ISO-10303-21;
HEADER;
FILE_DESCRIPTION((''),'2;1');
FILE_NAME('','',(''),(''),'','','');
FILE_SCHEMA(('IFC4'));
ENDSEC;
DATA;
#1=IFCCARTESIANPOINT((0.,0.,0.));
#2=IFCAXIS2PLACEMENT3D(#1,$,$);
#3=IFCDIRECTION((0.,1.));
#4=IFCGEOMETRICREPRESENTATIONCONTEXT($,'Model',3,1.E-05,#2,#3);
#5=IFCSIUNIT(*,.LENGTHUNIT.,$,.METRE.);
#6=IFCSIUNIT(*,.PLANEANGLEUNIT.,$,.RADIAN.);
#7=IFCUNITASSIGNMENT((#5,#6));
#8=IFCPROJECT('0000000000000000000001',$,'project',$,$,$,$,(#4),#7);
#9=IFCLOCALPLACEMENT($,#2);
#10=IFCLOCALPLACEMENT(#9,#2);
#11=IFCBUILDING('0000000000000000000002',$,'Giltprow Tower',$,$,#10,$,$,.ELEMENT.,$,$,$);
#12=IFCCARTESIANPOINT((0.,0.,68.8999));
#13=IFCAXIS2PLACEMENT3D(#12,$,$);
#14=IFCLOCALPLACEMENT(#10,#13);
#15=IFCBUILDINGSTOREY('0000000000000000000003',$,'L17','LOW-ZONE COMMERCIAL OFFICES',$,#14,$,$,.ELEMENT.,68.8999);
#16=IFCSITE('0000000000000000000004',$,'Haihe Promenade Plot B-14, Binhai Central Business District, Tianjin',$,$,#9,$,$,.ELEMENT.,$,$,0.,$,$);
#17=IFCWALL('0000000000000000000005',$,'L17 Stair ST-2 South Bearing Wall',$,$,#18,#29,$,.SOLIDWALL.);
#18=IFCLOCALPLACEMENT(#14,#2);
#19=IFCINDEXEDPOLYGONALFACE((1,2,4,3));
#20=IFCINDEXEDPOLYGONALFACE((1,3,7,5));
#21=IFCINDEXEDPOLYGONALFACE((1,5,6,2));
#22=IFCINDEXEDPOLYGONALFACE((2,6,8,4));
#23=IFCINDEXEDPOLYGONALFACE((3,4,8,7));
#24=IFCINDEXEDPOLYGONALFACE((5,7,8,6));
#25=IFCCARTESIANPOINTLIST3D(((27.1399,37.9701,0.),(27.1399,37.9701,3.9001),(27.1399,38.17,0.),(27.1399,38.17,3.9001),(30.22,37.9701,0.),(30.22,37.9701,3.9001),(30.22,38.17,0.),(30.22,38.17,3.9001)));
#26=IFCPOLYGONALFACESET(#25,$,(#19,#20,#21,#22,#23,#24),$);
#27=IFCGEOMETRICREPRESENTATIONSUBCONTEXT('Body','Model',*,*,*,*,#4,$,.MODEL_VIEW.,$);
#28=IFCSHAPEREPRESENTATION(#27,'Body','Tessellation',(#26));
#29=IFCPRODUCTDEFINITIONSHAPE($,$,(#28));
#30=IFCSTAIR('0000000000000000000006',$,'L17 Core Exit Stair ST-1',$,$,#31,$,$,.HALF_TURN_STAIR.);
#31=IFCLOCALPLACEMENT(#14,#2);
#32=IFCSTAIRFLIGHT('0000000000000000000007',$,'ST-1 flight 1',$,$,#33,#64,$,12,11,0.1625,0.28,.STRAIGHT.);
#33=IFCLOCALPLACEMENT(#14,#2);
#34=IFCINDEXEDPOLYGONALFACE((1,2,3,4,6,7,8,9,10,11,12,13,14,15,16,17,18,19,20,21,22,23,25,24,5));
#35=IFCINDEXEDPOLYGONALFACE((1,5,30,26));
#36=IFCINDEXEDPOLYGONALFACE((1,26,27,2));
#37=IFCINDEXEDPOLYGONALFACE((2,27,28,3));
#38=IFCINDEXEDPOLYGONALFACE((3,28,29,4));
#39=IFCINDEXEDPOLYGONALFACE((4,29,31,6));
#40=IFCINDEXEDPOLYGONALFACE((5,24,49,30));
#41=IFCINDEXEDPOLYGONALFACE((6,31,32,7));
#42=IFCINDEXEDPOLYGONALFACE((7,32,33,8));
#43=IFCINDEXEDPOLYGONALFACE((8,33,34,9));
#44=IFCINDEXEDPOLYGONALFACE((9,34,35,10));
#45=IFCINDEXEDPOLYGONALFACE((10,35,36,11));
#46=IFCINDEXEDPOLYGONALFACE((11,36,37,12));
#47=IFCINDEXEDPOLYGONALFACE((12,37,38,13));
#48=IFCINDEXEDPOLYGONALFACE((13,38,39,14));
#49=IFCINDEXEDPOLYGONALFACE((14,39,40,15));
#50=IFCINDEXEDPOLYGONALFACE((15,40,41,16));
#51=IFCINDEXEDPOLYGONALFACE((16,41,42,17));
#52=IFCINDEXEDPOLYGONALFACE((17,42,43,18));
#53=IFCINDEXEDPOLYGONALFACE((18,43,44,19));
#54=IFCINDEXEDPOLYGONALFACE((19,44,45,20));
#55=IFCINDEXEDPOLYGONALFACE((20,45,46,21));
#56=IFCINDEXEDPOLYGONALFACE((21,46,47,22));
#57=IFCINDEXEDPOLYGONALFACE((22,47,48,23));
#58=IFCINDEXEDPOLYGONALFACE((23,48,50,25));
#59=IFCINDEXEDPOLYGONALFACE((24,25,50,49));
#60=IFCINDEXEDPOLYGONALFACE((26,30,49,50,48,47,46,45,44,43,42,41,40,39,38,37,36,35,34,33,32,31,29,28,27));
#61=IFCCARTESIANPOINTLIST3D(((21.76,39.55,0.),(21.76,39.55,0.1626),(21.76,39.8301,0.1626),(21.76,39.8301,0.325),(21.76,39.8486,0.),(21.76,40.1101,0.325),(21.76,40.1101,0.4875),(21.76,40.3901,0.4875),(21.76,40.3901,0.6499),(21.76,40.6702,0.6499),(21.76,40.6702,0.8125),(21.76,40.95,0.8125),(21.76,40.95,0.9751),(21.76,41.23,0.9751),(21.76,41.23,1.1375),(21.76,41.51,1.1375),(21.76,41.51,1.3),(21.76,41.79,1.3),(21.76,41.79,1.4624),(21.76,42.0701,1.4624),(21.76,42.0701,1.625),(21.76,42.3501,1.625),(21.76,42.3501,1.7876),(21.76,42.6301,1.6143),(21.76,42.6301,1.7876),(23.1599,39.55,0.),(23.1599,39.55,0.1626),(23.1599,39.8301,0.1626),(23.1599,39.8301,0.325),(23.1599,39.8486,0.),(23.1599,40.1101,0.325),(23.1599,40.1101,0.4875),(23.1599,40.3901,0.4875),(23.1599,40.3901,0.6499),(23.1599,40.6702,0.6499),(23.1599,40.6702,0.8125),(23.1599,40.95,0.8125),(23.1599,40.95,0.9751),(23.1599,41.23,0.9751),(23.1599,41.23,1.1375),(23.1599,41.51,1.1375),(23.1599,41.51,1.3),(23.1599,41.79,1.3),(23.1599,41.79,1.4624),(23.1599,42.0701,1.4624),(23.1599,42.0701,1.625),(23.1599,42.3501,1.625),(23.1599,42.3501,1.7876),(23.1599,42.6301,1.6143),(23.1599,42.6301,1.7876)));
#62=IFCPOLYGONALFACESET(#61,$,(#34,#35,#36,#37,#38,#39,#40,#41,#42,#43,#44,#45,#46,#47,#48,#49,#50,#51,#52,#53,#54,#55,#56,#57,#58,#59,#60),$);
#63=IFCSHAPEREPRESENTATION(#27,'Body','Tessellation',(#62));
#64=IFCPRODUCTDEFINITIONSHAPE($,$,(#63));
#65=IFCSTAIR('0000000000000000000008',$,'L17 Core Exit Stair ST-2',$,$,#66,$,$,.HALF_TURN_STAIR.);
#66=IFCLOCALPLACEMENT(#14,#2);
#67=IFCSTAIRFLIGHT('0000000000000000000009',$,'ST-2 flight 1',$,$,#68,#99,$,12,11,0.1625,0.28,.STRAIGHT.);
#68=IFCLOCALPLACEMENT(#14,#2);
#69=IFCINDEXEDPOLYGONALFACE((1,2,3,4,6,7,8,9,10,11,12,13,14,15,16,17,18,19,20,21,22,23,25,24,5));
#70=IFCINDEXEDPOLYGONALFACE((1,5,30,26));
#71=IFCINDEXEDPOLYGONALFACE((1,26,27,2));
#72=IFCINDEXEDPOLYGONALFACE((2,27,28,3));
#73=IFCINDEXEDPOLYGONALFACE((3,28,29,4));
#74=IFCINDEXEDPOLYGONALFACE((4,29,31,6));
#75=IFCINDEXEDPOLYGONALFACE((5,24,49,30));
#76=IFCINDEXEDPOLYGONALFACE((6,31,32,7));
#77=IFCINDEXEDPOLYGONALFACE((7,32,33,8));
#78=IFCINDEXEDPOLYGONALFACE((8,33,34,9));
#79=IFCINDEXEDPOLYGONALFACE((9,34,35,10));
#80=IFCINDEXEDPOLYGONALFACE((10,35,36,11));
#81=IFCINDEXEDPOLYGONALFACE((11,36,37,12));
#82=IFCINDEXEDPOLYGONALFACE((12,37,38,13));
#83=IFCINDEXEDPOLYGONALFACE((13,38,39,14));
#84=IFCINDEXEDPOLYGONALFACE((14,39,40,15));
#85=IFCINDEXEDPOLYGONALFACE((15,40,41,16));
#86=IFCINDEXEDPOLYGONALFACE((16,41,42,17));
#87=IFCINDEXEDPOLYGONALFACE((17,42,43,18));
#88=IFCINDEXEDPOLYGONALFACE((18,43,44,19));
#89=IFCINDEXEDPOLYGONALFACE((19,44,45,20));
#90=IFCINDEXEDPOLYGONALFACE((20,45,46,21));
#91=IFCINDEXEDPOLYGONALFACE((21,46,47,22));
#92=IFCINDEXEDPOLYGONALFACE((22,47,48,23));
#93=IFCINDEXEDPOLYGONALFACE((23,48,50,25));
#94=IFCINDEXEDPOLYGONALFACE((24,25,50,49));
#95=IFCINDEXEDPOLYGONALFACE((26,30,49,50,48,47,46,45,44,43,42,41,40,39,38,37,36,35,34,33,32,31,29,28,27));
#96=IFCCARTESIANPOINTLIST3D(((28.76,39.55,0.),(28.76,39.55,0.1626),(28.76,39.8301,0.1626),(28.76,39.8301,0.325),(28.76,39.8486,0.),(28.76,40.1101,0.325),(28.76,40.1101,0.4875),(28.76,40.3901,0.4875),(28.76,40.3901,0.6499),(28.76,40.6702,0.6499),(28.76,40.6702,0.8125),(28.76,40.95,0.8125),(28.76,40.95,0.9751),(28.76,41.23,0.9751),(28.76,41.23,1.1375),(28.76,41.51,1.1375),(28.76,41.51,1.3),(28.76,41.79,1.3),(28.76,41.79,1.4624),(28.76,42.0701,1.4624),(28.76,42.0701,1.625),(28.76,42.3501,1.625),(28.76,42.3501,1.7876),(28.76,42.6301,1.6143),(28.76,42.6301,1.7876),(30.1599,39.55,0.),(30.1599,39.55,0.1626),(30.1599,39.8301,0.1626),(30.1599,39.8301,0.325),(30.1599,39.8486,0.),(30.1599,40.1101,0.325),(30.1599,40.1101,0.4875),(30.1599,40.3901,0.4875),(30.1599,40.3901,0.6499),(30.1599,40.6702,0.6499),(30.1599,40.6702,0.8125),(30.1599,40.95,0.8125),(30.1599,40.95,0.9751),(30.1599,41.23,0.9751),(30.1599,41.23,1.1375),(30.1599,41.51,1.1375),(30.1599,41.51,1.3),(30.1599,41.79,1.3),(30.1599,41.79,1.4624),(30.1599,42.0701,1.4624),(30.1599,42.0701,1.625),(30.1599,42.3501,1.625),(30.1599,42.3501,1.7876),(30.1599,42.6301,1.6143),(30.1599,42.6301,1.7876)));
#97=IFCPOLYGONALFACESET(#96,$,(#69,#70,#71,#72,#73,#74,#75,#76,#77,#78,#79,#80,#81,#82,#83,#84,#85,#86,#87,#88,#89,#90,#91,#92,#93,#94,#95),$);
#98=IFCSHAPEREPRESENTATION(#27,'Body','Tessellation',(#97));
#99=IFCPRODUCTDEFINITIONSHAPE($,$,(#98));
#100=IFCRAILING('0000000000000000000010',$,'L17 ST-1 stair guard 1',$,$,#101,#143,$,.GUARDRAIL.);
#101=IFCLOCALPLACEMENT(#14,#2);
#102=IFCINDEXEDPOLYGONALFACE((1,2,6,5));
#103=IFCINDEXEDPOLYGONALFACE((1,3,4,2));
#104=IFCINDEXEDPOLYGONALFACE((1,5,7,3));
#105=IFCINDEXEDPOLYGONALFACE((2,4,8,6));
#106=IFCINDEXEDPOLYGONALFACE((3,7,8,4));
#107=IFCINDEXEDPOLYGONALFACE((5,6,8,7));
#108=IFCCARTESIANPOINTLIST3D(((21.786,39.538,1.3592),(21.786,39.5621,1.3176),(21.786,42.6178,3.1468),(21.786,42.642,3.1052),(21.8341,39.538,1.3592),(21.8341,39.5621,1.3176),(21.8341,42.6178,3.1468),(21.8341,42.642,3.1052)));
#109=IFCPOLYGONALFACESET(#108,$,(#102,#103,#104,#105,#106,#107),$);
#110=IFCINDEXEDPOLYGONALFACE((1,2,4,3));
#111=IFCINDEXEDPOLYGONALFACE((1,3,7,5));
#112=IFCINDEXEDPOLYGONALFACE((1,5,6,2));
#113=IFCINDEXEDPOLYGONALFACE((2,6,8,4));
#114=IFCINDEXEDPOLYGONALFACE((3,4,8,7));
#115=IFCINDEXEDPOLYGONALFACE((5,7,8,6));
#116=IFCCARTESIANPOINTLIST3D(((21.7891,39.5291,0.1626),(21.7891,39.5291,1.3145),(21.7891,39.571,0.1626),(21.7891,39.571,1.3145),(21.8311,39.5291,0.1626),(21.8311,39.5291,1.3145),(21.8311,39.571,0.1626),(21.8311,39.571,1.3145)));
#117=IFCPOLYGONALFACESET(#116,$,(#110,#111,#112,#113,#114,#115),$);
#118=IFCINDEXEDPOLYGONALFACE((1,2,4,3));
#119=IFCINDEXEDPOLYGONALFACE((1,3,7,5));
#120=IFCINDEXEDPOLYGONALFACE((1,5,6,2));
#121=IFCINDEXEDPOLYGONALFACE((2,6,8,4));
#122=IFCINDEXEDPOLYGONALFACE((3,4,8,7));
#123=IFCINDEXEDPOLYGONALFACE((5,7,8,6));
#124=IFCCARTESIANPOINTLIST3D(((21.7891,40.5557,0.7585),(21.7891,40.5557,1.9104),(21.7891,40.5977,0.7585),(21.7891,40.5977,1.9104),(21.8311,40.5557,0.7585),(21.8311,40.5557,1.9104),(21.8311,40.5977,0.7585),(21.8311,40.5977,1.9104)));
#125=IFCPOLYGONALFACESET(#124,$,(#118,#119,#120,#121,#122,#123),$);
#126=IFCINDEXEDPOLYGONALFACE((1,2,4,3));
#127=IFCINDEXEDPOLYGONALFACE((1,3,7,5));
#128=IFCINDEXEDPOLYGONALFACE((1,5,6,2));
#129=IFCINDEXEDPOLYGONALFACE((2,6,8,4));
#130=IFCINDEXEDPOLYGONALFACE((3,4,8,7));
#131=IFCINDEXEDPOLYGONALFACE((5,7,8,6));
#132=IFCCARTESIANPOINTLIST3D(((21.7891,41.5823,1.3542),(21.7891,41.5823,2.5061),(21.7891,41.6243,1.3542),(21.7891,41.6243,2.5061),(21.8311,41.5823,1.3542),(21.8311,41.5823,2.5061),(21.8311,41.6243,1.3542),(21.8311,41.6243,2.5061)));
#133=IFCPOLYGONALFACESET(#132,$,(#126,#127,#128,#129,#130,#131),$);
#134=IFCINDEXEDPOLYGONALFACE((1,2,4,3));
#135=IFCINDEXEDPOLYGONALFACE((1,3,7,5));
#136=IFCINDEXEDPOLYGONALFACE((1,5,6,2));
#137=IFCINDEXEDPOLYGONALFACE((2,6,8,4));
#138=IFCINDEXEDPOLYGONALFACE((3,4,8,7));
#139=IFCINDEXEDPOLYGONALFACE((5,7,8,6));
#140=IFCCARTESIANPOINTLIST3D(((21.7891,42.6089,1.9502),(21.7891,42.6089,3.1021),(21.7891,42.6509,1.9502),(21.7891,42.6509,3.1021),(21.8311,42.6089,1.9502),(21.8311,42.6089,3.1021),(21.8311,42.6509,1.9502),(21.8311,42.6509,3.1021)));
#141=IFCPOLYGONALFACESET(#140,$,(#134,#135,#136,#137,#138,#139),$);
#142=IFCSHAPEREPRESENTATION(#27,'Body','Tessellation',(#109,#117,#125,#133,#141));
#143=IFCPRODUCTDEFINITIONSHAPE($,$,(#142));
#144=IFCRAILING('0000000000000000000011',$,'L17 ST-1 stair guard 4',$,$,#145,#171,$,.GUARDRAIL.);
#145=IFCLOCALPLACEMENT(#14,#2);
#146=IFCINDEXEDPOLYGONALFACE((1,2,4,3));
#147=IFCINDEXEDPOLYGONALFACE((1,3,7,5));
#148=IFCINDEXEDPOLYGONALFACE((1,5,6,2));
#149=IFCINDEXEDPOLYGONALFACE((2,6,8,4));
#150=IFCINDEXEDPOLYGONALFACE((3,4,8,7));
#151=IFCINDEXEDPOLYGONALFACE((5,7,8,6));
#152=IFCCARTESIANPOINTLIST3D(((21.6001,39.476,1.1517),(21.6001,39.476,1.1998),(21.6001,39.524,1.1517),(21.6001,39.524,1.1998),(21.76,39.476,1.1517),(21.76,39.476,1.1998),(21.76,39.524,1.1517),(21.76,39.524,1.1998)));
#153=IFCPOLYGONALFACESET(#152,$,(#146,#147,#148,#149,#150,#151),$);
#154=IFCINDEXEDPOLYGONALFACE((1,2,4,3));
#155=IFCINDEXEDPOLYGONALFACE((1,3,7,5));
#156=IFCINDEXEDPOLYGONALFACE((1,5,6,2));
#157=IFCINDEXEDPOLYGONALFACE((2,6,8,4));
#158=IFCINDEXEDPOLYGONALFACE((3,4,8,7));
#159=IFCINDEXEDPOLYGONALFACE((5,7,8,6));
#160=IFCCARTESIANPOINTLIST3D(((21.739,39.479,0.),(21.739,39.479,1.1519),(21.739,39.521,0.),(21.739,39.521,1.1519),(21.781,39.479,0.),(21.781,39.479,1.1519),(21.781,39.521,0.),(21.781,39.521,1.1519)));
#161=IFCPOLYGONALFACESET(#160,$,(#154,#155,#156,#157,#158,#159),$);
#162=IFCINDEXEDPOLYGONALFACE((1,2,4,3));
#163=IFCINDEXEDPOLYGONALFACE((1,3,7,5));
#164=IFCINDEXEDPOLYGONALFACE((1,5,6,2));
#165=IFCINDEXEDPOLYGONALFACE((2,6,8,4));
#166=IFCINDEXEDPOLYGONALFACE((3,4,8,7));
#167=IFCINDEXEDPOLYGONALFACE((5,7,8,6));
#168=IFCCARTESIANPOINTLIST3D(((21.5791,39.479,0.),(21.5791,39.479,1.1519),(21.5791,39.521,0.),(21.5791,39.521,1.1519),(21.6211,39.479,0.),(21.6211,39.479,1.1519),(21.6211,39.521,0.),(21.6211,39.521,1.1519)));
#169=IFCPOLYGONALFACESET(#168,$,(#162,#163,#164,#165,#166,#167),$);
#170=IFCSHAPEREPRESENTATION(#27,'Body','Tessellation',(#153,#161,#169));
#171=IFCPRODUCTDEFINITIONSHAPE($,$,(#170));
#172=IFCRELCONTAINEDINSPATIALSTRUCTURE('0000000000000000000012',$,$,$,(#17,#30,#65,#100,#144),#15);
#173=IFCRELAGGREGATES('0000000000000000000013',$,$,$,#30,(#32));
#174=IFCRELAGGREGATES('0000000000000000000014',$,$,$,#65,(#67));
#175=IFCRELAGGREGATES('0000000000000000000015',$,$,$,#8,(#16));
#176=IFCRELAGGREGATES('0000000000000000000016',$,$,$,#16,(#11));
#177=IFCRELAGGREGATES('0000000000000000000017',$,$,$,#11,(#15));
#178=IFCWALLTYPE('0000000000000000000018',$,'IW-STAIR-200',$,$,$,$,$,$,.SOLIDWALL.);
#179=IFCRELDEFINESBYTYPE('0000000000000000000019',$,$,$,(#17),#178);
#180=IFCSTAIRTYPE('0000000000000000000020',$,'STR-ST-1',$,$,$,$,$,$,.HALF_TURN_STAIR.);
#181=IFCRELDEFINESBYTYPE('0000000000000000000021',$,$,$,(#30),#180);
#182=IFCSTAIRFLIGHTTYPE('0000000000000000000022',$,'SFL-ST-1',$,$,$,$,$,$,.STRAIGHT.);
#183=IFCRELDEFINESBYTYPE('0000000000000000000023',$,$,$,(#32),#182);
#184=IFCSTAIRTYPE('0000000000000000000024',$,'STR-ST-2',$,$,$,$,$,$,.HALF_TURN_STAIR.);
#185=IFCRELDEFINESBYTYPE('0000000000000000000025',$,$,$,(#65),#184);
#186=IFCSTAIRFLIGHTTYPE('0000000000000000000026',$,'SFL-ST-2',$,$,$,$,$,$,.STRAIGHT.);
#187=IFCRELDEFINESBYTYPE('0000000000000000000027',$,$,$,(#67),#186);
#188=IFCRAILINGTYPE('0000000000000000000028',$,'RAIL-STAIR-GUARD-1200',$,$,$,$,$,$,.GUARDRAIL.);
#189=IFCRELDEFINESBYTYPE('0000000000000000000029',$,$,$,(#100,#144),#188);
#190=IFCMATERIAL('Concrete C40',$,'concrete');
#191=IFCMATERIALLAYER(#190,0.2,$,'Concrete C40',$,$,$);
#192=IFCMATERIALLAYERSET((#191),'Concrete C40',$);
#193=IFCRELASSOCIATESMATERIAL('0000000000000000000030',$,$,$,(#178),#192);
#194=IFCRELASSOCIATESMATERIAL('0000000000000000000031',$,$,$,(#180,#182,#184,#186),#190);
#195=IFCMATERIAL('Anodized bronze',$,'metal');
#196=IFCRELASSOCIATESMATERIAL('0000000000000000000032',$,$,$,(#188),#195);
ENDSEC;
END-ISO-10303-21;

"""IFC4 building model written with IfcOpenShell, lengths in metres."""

from ifc_helpers import new_model, si_unit, direction, frame, frame_2d, origin, origin_2d, place, context, subcontext, project, spatial, polyline, rectangle, outline, extrude, material, layer, layer_set, type_object, element, aggregate, save


model = new_model("IFC4")

# Units and contexts
model_context = context("Model", 3, precision=1e-05, world=origin(), true_north=direction((0.0, 1.0)))
body_context = subcontext(model_context, "Body", "Model", "MODEL_VIEW")
ifc_project = project(units=[si_unit("LENGTHUNIT", "METRE"), si_unit("PLANEANGLEUNIT", "RADIAN")], contexts=[model_context])

# Site, building, storey
site_placement = place(None, origin())
site = spatial("IfcSite", under=ifc_project, at=site_placement, Name="Haihe Promenade Plot B-14, Binhai Central Business District, Tianjin", CompositionType="ELEMENT", RefElevation=0.0)
building_placement = place(site_placement, origin())
building = spatial("IfcBuilding", under=site, at=building_placement, Name="Giltprow Tower", CompositionType="ELEMENT")
storey_placement = place(building_placement, frame((0.0, 0.0, 68.8999)))
storey = spatial("IfcBuildingStorey", under=building, at=storey_placement, Name="L17", Description="LOW-ZONE COMMERCIAL OFFICES", CompositionType="ELEMENT", Elevation=68.8999)

# Shared definitions
ifc_material_1 = material(Name="Concrete C40", Category="concrete")
ifc_layer_1 = layer(ifc_material_1, 0.2, Name="Concrete C40")
ifc_layer_set_1 = layer_set([ifc_layer_1], Name="Concrete C40")
wall_type_1 = type_object("IfcWallType", Name="IW-STAIR-200", PredefinedType="SOLIDWALL", material=ifc_layer_set_1)

# Wall
wall_1_placement = place(storey_placement, frame((27.1399, 38.0701, 0.0), z_axis=(0.0, 0.0, 1.0), x_axis=(1.0, 0.0, 0.0)))
element("IfcWall", 1, at=wall_1_placement, inside=storey, type_object=wall_type_1, Name="L17 Stair ST-2 South Bearing Wall", PredefinedType="SOLIDWALL", context=body_context, shape_type="SweptSolid", body=[
    extrude(rectangle(XDim=3.0801, YDim=0.2, at=frame_2d((1.54, 0.0))), origin(), (0.0, 0.0, 1.0), 3.9001),
])

# Stairs, stair flights
stair_type_1 = type_object("IfcStairType", Name="STR-ST-1", PredefinedType="HALF_TURN_STAIR", material=ifc_material_1)
stair_1_placement = place(storey_placement, origin())
stair_1 = element("IfcStair", 2, at=stair_1_placement, inside=storey, type_object=stair_type_1, Name="L17 Core Exit Stair ST-1", PredefinedType="HALF_TURN_STAIR")
stair_flight_type_1 = type_object("IfcStairFlightType", Name="SFL-ST-1", PredefinedType="STRAIGHT", material=ifc_material_1)
stair_flight_1_placement = place(storey_placement, frame((22.46, 39.55, 0.0), z_axis=(0.0, 0.0, 1.0), x_axis=(0.0, 1.0, 0.0)))
stair_flight_1 = element("IfcStairFlight", 3, at=stair_flight_1_placement, type_object=stair_flight_type_1, Name="ST-1 flight 1", NumberOfRisers=12, NumberOfTreads=11, PredefinedType="STRAIGHT", RiserHeight=0.1625, TreadLength=0.28, context=body_context, shape_type="SweptSolid", body=[
    extrude(outline(polyline([(0.0, 0.0), (0.0, 0.1626), (0.28, 0.1626), (0.28, 0.325), (0.5601, 0.325), (0.5601, 0.4875), (0.8401, 0.4875), (0.8401, 0.6499), (1.1201, 0.6499), (1.1201, 0.8125), (1.3999, 0.8125), (1.3999, 0.9751), (1.6799, 0.9751), (1.6799, 1.1375), (1.96, 1.1375), (1.96, 1.3), (2.24, 1.3), (2.24, 1.4624), (2.52, 1.4624), (2.52, 1.625), (2.8, 1.625), (2.8, 1.7876), (3.0801, 1.7876), (3.0801, 1.95), (3.0801, 1.6143), (0.2986, 0.0), (0.0, 0.0)])), frame((0.0, 0.7, 0.0), z_axis=(0.0, -1.0, 0.0), x_axis=(1.0, 0.0, 0.0)), (0.0, 0.0, 1.0), 1.3999),
])
aggregate(stair_1, [stair_flight_1])
stair_type_2 = type_object("IfcStairType", Name="STR-ST-2", PredefinedType="HALF_TURN_STAIR", material=ifc_material_1)
stair_2_placement = place(storey_placement, origin())
stair_2 = element("IfcStair", 4, at=stair_2_placement, inside=storey, type_object=stair_type_2, Name="L17 Core Exit Stair ST-2", PredefinedType="HALF_TURN_STAIR")
stair_flight_type_2 = type_object("IfcStairFlightType", Name="SFL-ST-2", PredefinedType="STRAIGHT", material=ifc_material_1)
stair_flight_2_placement = place(storey_placement, frame((29.46, 39.55, 0.0), z_axis=(0.0, 0.0, 1.0), x_axis=(0.0, 1.0, 0.0)))
stair_flight_2 = element("IfcStairFlight", 5, at=stair_flight_2_placement, type_object=stair_flight_type_2, Name="ST-2 flight 1", NumberOfRisers=12, NumberOfTreads=11, PredefinedType="STRAIGHT", RiserHeight=0.1625, TreadLength=0.28, context=body_context, shape_type="SweptSolid", body=[
    extrude(outline(polyline([(0.0, 0.0), (0.0, 0.1626), (0.28, 0.1626), (0.28, 0.325), (0.5601, 0.325), (0.5601, 0.4875), (0.8401, 0.4875), (0.8401, 0.6499), (1.1201, 0.6499), (1.1201, 0.8125), (1.3999, 0.8125), (1.3999, 0.9751), (1.6799, 0.9751), (1.6799, 1.1375), (1.96, 1.1375), (1.96, 1.3), (2.24, 1.3), (2.24, 1.4624), (2.52, 1.4624), (2.52, 1.625), (2.8, 1.625), (2.8, 1.7876), (3.0801, 1.7876), (3.0801, 1.95), (3.0801, 1.6143), (0.2986, 0.0), (0.0, 0.0)])), frame((0.0, 0.7, 0.0), z_axis=(0.0, -1.0, 0.0), x_axis=(1.0, 0.0, 0.0)), (0.0, 0.0, 1.0), 1.3999),
])
aggregate(stair_2, [stair_flight_2])

# Railings
ifc_material_2 = material(Name="Anodized bronze", Category="metal")
railing_type_1 = type_object("IfcRailingType", Name="RAIL-STAIR-GUARD-1200", PredefinedType="GUARDRAIL", material=ifc_material_2)
railing_1_placement = place(storey_placement, frame((21.8101, 39.55, 0.1626)))
element("IfcRailing", 6, at=railing_1_placement, inside=storey, type_object=railing_type_1, Name="L17 ST-1 stair guard 1", PredefinedType="GUARDRAIL", context=body_context, shape_type="SweptSolid", body=[
    extrude(rectangle(XDim=0.0481, YDim=0.0481, at=origin_2d()), frame((0.0, 0.0, 1.1758), z_axis=(0.0, 0.864873, 0.50199), x_axis=(-1.0, 0.0, 0.0)), (0.0, 0.0, 1.0), 3.561),
    extrude(rectangle(XDim=0.042, YDim=0.042, at=origin_2d()), origin(), (0.0, 0.0, 1.0), 1.1519),
    extrude(rectangle(XDim=0.042, YDim=0.042, at=origin_2d()), frame((0.0, 1.0266, 0.5959)), (0.0, 0.0, 1.0), 1.1519),
    extrude(rectangle(XDim=0.042, YDim=0.042, at=origin_2d()), frame((0.0, 2.0532, 1.1917)), (0.0, 0.0, 1.0), 1.1519),
    extrude(rectangle(XDim=0.042, YDim=0.042, at=origin_2d()), frame((0.0, 3.0798, 1.7876)), (0.0, 0.0, 1.0), 1.1519),
])
railing_2_placement = place(storey_placement, frame((21.76, 39.5, 0.0)))
element("IfcRailing", 7, at=railing_2_placement, inside=storey, type_object=railing_type_1, Name="L17 ST-1 stair guard 4", PredefinedType="GUARDRAIL", context=body_context, shape_type="SweptSolid", body=[
    extrude(rectangle(XDim=0.0481, YDim=0.0481, at=origin_2d()), frame((0.0, 0.0, 1.1758), z_axis=(-1.0, 0.0, 0.0), x_axis=(0.0, -1.0, 0.0)), (0.0, 0.0, 1.0), 0.1599),
    extrude(rectangle(XDim=0.042, YDim=0.042, at=origin_2d()), origin(), (0.0, 0.0, 1.0), 1.1519),
    extrude(rectangle(XDim=0.042, YDim=0.042, at=origin_2d()), frame((-0.1599, 0.0, 0.0)), (0.0, 0.0, 1.0), 1.1519),
])

save(model, "model.ifc")
